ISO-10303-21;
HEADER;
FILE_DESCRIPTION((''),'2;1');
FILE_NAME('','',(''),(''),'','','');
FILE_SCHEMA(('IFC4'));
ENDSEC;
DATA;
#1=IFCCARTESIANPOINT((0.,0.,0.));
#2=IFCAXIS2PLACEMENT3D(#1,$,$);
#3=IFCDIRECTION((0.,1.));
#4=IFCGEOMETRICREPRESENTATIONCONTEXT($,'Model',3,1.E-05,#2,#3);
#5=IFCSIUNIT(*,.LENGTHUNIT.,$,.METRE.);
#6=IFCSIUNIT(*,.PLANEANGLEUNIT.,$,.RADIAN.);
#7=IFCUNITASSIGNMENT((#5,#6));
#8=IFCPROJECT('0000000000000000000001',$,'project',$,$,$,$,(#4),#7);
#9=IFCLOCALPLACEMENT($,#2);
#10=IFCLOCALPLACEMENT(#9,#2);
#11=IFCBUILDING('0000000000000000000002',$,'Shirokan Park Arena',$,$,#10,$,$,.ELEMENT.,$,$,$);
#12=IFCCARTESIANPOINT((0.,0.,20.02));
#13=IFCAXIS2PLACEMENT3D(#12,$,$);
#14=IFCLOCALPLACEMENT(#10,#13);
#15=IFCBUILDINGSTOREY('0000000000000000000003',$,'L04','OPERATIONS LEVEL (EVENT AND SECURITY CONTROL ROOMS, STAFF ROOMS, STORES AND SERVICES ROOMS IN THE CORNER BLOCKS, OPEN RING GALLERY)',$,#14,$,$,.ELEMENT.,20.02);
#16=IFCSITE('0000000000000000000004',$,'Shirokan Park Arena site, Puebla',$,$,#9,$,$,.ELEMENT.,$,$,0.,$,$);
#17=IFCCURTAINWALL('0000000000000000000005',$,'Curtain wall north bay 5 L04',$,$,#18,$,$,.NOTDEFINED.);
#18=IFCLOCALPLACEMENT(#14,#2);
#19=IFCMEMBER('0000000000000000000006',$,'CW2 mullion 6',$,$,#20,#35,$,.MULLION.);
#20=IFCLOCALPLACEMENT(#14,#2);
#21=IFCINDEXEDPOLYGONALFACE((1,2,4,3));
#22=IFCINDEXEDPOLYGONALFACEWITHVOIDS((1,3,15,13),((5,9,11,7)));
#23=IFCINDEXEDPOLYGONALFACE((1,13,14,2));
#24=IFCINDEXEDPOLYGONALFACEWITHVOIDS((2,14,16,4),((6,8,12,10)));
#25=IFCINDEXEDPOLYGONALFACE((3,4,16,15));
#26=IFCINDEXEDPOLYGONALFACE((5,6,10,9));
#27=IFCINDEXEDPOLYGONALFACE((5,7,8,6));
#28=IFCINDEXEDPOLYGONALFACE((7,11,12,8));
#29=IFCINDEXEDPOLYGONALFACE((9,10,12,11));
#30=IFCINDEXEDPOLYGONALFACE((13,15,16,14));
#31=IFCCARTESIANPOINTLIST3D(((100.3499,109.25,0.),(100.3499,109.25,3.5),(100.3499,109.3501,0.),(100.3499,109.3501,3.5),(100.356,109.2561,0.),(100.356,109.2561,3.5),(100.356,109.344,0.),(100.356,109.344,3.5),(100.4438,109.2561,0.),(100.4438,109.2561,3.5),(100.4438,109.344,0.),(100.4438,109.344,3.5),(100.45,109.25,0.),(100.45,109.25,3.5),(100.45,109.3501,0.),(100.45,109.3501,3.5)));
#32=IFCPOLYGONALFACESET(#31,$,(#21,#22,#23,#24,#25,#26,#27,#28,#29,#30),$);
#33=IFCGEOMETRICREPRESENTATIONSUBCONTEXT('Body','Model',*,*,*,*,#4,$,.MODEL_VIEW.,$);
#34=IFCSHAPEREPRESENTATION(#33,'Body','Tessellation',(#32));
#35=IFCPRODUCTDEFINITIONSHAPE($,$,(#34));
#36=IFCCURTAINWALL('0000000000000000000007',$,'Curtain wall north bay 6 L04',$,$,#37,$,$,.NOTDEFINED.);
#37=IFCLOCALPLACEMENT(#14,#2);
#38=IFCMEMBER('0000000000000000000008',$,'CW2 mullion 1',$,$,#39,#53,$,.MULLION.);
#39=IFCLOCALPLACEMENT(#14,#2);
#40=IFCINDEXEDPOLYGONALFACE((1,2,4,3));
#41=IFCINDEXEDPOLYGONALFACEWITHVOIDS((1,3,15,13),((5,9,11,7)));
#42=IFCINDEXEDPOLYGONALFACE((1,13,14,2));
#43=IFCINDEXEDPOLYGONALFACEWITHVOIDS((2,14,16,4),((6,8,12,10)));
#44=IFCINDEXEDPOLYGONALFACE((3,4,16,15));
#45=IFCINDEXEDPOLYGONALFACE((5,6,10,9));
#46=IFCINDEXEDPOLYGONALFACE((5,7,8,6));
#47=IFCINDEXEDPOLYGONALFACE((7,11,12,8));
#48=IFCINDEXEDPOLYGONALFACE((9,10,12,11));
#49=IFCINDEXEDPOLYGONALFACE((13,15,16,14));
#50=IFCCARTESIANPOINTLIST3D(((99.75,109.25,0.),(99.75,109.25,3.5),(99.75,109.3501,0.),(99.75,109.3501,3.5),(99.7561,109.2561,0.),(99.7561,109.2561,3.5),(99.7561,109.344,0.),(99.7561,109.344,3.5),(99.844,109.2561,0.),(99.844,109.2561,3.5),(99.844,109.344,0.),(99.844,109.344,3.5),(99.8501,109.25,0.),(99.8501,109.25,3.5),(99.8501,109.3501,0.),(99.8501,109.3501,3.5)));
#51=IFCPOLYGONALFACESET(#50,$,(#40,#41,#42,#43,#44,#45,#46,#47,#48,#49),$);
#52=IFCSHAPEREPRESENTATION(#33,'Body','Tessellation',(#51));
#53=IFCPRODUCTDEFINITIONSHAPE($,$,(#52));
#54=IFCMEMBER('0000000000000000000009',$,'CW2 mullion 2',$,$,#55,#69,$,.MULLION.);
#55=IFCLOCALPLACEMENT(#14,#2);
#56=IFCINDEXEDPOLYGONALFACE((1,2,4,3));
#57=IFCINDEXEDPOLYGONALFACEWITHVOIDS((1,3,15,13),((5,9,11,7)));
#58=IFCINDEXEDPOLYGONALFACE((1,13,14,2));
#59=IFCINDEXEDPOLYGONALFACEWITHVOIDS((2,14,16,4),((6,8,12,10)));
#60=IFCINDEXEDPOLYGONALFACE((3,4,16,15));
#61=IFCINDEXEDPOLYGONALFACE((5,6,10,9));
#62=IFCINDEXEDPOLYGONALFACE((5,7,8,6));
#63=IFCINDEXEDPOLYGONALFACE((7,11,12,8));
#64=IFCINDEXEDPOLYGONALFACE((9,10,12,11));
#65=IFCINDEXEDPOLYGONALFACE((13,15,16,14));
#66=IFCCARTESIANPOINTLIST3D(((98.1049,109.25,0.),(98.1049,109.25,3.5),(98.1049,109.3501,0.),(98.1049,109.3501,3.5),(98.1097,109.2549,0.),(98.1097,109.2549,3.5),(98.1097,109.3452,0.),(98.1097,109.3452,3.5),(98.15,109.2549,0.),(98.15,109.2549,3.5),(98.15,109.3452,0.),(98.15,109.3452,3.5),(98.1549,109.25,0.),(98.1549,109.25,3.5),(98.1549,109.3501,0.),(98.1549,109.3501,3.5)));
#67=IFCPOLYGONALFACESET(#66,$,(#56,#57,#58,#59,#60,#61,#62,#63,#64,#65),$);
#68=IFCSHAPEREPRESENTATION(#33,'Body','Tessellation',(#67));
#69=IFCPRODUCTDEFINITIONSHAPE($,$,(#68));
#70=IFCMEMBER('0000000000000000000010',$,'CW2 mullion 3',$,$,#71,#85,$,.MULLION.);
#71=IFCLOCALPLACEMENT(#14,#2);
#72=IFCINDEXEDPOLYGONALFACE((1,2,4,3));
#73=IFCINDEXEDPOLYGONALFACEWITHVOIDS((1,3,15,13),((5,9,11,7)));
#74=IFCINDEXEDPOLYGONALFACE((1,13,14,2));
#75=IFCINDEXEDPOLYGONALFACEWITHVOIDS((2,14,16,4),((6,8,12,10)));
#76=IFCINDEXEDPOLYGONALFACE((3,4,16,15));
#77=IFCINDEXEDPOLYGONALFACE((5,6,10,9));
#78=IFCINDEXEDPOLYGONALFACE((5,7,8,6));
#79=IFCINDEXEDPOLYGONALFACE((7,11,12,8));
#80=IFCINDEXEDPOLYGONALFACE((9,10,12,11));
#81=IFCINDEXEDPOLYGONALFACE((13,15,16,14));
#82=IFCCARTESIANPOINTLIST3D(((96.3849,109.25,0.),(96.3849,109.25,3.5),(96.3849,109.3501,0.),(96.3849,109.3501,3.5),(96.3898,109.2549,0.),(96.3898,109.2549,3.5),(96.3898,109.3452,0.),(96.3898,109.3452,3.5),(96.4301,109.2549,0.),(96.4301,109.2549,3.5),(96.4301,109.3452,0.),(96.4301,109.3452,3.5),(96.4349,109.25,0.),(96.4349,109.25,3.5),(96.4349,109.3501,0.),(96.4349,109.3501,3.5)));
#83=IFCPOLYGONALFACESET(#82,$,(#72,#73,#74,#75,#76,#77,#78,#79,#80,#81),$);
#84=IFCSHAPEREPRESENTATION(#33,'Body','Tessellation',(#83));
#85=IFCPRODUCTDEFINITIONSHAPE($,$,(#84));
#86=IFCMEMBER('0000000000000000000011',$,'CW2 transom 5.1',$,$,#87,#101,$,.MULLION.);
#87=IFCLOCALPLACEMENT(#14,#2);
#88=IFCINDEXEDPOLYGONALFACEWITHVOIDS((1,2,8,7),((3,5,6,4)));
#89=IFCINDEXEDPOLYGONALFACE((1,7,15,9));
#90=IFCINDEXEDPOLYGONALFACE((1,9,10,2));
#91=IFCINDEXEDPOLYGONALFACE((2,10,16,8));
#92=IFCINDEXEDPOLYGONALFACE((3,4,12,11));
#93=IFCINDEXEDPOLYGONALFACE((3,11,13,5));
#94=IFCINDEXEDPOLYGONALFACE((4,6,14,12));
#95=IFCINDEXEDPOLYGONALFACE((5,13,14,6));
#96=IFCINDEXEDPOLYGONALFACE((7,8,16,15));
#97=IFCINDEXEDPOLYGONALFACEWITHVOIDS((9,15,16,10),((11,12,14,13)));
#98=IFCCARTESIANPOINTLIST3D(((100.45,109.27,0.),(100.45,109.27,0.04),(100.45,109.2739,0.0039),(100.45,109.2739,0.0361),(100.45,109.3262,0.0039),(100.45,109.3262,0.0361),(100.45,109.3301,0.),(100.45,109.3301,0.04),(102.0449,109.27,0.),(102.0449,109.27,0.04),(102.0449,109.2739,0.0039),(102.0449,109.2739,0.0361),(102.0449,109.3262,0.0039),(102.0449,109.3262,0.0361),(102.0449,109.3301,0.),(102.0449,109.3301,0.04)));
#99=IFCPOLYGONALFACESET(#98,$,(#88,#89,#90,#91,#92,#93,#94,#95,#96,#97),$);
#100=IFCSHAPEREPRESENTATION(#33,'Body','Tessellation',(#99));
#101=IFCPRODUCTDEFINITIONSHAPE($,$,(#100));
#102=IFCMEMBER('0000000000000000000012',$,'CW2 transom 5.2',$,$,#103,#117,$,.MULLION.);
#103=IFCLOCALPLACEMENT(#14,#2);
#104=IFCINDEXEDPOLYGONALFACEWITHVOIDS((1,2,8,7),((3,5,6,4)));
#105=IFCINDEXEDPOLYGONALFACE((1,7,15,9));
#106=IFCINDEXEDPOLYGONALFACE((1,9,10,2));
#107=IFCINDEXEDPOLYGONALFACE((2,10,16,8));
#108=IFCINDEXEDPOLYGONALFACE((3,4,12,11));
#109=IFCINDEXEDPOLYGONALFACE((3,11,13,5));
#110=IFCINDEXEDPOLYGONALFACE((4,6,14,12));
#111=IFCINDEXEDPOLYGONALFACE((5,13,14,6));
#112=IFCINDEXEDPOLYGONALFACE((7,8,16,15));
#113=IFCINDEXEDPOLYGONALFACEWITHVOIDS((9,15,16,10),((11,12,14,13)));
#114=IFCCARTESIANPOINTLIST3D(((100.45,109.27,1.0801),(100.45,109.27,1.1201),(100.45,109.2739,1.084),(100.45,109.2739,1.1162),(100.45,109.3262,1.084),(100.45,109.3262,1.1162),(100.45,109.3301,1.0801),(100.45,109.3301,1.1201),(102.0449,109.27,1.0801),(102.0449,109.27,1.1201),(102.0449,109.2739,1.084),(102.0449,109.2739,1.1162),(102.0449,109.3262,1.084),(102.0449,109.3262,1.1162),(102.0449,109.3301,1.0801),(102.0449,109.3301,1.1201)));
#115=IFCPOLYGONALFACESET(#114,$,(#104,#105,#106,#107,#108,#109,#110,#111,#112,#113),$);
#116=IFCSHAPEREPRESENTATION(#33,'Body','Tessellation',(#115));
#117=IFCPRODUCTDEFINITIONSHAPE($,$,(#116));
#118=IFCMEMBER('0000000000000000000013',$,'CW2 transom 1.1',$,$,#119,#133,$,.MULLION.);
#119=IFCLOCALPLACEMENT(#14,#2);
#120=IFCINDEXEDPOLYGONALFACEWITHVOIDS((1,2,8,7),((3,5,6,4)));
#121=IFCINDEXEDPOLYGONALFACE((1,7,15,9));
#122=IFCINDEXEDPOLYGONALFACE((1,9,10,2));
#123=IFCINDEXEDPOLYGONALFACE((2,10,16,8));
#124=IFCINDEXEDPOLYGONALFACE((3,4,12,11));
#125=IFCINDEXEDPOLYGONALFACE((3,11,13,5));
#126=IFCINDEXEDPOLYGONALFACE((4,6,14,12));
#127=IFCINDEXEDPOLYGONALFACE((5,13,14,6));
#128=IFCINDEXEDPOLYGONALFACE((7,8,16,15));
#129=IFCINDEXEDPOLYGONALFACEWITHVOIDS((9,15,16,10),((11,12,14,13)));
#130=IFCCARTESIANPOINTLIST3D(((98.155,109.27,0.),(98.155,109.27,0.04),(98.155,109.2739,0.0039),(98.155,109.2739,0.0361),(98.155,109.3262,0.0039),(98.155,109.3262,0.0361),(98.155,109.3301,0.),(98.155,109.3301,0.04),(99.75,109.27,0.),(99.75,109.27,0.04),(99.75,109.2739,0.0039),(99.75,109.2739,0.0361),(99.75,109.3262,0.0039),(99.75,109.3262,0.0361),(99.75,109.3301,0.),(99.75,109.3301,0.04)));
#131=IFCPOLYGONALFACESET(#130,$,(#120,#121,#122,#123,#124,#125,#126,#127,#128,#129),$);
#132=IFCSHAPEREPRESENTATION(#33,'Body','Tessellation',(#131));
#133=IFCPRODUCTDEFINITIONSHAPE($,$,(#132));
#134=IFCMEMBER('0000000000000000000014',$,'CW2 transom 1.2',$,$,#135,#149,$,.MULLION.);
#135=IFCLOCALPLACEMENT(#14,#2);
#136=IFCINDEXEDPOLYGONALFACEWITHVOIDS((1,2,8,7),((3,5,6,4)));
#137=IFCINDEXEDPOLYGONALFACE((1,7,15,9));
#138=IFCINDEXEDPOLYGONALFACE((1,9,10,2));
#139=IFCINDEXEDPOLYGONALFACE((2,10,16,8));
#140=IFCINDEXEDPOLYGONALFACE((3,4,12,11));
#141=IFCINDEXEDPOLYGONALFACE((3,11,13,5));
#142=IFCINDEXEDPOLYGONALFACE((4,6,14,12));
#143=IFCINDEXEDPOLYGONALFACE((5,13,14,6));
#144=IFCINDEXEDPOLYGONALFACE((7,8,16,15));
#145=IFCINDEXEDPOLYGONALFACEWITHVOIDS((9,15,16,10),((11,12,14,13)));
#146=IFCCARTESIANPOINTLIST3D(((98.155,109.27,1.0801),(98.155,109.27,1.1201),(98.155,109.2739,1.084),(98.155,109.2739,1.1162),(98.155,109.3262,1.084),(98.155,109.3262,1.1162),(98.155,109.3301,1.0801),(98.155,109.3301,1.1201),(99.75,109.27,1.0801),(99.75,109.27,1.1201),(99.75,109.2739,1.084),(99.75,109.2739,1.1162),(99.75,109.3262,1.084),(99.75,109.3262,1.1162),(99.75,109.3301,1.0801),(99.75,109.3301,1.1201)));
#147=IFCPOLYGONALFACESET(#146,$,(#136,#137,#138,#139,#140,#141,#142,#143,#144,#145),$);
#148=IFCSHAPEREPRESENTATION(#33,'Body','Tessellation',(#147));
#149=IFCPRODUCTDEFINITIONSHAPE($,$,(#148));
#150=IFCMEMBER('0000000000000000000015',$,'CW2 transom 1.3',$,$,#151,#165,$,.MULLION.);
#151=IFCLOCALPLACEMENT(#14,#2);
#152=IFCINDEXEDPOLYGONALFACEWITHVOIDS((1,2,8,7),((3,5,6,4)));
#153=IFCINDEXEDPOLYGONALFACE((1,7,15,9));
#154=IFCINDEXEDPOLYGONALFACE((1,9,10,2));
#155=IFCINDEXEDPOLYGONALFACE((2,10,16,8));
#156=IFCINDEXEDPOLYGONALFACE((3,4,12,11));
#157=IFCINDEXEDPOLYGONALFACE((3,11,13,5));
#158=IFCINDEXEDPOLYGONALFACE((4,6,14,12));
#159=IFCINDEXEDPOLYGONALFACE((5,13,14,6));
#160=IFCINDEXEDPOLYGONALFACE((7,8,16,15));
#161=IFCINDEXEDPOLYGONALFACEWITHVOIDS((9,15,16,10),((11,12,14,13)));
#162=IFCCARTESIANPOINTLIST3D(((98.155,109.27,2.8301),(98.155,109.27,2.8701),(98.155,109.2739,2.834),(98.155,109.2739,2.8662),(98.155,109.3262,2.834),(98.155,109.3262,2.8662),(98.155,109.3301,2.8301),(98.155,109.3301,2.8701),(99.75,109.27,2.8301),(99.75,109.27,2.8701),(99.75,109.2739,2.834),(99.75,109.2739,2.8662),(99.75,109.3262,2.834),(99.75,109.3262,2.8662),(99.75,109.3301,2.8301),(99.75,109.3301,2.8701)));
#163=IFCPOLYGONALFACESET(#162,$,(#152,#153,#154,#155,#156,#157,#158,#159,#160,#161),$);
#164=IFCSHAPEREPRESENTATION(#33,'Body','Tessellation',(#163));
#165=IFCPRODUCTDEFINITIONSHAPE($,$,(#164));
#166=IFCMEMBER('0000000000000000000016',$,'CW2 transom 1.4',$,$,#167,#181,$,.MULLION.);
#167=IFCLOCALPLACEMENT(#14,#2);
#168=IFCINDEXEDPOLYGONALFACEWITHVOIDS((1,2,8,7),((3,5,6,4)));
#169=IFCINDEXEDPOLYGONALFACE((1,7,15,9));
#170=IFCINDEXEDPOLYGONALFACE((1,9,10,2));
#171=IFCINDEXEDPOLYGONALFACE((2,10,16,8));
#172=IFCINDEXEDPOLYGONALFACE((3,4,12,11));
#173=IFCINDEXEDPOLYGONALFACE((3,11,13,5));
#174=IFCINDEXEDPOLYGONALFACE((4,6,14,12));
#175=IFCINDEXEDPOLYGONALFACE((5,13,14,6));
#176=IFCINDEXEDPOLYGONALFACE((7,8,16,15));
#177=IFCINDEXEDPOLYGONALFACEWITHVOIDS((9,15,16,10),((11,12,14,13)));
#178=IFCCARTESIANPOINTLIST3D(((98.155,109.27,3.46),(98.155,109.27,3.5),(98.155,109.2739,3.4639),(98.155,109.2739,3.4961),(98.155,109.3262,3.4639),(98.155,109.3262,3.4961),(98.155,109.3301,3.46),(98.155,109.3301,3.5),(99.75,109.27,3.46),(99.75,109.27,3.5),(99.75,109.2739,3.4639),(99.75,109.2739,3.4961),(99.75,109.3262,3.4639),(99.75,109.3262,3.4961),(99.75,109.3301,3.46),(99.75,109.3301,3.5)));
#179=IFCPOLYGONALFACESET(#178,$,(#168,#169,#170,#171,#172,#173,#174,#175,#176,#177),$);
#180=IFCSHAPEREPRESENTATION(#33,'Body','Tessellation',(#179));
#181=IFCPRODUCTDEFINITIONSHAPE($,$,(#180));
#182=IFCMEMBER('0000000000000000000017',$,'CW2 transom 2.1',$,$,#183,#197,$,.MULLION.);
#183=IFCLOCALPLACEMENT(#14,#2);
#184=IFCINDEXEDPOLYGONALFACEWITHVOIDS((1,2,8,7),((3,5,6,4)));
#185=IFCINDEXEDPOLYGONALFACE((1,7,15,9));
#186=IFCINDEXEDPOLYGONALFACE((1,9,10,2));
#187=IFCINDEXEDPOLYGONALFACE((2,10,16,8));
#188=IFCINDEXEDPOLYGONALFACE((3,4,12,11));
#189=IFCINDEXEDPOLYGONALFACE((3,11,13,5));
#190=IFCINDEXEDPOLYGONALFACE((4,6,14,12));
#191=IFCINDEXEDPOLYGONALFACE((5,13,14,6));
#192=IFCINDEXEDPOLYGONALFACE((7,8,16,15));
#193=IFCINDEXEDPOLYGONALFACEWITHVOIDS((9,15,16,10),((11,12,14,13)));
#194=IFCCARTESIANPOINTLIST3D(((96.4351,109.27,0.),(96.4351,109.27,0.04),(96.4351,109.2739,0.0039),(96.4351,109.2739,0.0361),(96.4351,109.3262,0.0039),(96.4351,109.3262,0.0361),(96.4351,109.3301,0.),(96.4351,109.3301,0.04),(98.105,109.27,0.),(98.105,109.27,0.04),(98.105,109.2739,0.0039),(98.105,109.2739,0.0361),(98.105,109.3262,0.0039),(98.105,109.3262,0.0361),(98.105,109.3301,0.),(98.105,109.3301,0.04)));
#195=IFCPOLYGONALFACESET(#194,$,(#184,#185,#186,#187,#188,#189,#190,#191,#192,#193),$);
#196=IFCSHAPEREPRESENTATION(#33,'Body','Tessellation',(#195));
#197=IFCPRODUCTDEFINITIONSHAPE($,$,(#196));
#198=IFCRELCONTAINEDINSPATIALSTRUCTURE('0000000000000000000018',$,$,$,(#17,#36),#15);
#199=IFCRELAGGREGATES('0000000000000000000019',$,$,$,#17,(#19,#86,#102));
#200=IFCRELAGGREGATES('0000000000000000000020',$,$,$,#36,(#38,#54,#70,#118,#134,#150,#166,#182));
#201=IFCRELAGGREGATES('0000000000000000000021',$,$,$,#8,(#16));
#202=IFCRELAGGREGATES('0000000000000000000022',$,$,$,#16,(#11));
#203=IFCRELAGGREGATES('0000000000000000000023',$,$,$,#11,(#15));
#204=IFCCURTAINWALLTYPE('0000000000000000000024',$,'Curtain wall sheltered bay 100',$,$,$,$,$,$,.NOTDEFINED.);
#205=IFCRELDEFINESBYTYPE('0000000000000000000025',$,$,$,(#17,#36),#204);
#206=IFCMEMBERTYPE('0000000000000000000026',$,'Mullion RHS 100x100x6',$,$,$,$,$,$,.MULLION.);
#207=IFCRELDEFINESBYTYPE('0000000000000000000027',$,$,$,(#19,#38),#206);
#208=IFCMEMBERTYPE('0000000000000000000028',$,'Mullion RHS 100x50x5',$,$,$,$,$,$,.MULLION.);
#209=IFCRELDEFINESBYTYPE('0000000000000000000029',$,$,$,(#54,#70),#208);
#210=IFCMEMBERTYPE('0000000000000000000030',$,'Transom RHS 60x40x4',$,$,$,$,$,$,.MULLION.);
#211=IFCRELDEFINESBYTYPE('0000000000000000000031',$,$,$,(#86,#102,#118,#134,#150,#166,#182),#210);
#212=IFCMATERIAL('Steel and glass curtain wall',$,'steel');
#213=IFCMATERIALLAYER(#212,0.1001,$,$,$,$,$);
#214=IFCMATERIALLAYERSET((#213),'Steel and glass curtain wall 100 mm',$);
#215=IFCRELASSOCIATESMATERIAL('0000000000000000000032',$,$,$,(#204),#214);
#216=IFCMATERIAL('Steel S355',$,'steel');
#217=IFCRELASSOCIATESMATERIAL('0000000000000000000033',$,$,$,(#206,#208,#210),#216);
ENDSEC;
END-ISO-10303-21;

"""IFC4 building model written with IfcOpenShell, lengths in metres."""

from ifc_helpers import new_model, si_unit, direction, frame, origin, origin_2d, place, context, subcontext, project, spatial, hollow_rectangle, extrude, material, layer, layer_set, material_profile, profile_set, type_object, element, aggregate, save


model = new_model("IFC4")

# Units and contexts
model_context = context("Model", 3, precision=1e-05, world=origin(), true_north=direction((0.0, 1.0)))
body_context = subcontext(model_context, "Body", "Model", "MODEL_VIEW")
ifc_project = project(units=[si_unit("LENGTHUNIT", "METRE"), si_unit("PLANEANGLEUNIT", "RADIAN")], contexts=[model_context])

# Site, building, storey
site_placement = place(None, origin())
site = spatial("IfcSite", under=ifc_project, at=site_placement, Name="Shirokan Park Arena site, Puebla", CompositionType="ELEMENT", RefElevation=0.0)
building_placement = place(site_placement, origin())
building = spatial("IfcBuilding", under=site, at=building_placement, Name="Shirokan Park Arena", CompositionType="ELEMENT")
storey_placement = place(building_placement, frame((0.0, 0.0, 20.02)))
storey = spatial("IfcBuildingStorey", under=building, at=storey_placement, Name="L04", Description="OPERATIONS LEVEL (EVENT AND SECURITY CONTROL ROOMS, STAFF ROOMS, STORES AND SERVICES ROOMS IN THE CORNER BLOCKS, OPEN RING GALLERY)", CompositionType="ELEMENT", Elevation=20.02)

# Curtain wall, member
ifc_material_1 = material(Name="Steel and glass curtain wall", Category="steel")
ifc_layer_1 = layer(ifc_material_1, 0.1001)
ifc_layer_set_1 = layer_set([ifc_layer_1], Name="Steel and glass curtain wall 100 mm")
curtain_wall_type = type_object("IfcCurtainWallType", Name="Curtain wall sheltered bay 100", PredefinedType="NOTDEFINED", material=ifc_layer_set_1)
curtain_wall_1_placement = place(storey_placement, origin())
curtain_wall_1 = element("IfcCurtainWall", 1, at=curtain_wall_1_placement, inside=storey, type_object=curtain_wall_type, Name="Curtain wall north bay 5 L04", PredefinedType="NOTDEFINED")
ifc_material_2 = material(Name="Steel S355", Category="steel")
ifc_material_profile_1 = material_profile(ifc_material_2, hollow_rectangle(XDim=0.1001, YDim=0.1001, WallThickness=0.0061, at=origin_2d()), Name="RHS 100x100x6")
ifc_profile_set_1 = profile_set([ifc_material_profile_1], Name="Steel S355")
member_type_1 = type_object("IfcMemberType", Name="Mullion RHS 100x100x6", PredefinedType="MULLION", material=ifc_profile_set_1)
member_1_placement = place(storey_placement, frame((100.3999, 109.3, 0.0), z_axis=(0.0, 0.0, 1.0), x_axis=(0.0, -1.0, 0.0)))
member_1 = element("IfcMember", 2, at=member_1_placement, type_object=member_type_1, Name="CW2 mullion 6", PredefinedType="MULLION", context=body_context, shape_type="SweptSolid", body=[
    extrude(hollow_rectangle(XDim=0.1001, YDim=0.1001, WallThickness=0.0061, at=origin_2d()), origin(), (0.0, 0.0, 1.0), 3.5),
])

# Curtain wall, members
curtain_wall_2_placement = place(storey_placement, origin())
curtain_wall_2 = element("IfcCurtainWall", 3, at=curtain_wall_2_placement, inside=storey, type_object=curtain_wall_type, Name="Curtain wall north bay 6 L04", PredefinedType="NOTDEFINED")
member_2_placement = place(storey_placement, frame((99.8, 109.3, 0.0), z_axis=(0.0, 0.0, 1.0), x_axis=(0.0, -1.0, 0.0)))
member_2 = element("IfcMember", 4, at=member_2_placement, type_object=member_type_1, Name="CW2 mullion 1", PredefinedType="MULLION", context=body_context, shape_type="SweptSolid", body=[
    extrude(hollow_rectangle(XDim=0.1001, YDim=0.1001, WallThickness=0.0061, at=origin_2d()), origin(), (0.0, 0.0, 1.0), 3.5),
])
ifc_material_profile_2 = material_profile(ifc_material_2, hollow_rectangle(XDim=0.1001, YDim=0.05, WallThickness=0.0049, at=origin_2d()), Name="RHS 100x50x5")
ifc_profile_set_2 = profile_set([ifc_material_profile_2], Name="Steel S355")
member_type_2 = type_object("IfcMemberType", Name="Mullion RHS 100x50x5", PredefinedType="MULLION", material=ifc_profile_set_2)
member_3_placement = place(storey_placement, frame((98.1299, 109.3, 0.0), z_axis=(0.0, 0.0, 1.0), x_axis=(0.0, -1.0, 0.0)))
member_3 = element("IfcMember", 5, at=member_3_placement, type_object=member_type_2, Name="CW2 mullion 2", PredefinedType="MULLION", context=body_context, shape_type="SweptSolid", body=[
    extrude(hollow_rectangle(XDim=0.1001, YDim=0.05, WallThickness=0.0049, at=origin_2d()), origin(), (0.0, 0.0, 1.0), 3.5),
])
member_4_placement = place(storey_placement, frame((96.4099, 109.3, 0.0), z_axis=(0.0, 0.0, 1.0), x_axis=(0.0, -1.0, 0.0)))
member_4 = element("IfcMember", 6, at=member_4_placement, type_object=member_type_2, Name="CW2 mullion 3", PredefinedType="MULLION", context=body_context, shape_type="SweptSolid", body=[
    extrude(hollow_rectangle(XDim=0.1001, YDim=0.05, WallThickness=0.0049, at=origin_2d()), origin(), (0.0, 0.0, 1.0), 3.5),
])

# Members
ifc_material_profile_3 = material_profile(ifc_material_2, hollow_rectangle(XDim=0.0601, YDim=0.04, WallThickness=0.0039, at=origin_2d()), Name="RHS 60x40x4")
ifc_profile_set_3 = profile_set([ifc_material_profile_3], Name="Steel S355")
member_type_3 = type_object("IfcMemberType", Name="Transom RHS 60x40x4", PredefinedType="MULLION", material=ifc_profile_set_3)
member_5_placement = place(storey_placement, frame((102.0449, 109.3, 0.02), z_axis=(-1.0, 0.0, 0.0), x_axis=(0.0, -1.0, 0.0)))
member_5 = element("IfcMember", 7, at=member_5_placement, type_object=member_type_3, Name="CW2 transom 5.1", PredefinedType="MULLION", context=body_context, shape_type="SweptSolid", body=[
    extrude(hollow_rectangle(XDim=0.0601, YDim=0.04, WallThickness=0.0039, at=origin_2d()), origin(), (0.0, 0.0, 1.0), 1.595),
])
member_6_placement = place(storey_placement, frame((102.0449, 109.3, 1.1001), z_axis=(-1.0, 0.0, 0.0), x_axis=(0.0, -1.0, 0.0)))
member_6 = element("IfcMember", 8, at=member_6_placement, type_object=member_type_3, Name="CW2 transom 5.2", PredefinedType="MULLION", context=body_context, shape_type="SweptSolid", body=[
    extrude(hollow_rectangle(XDim=0.0601, YDim=0.04, WallThickness=0.0039, at=origin_2d()), origin(), (0.0, 0.0, 1.0), 1.595),
])
member_7_placement = place(storey_placement, frame((99.75, 109.3, 0.02), z_axis=(-1.0, 0.0, 0.0), x_axis=(0.0, -1.0, 0.0)))
member_7 = element("IfcMember", 9, at=member_7_placement, type_object=member_type_3, Name="CW2 transom 1.1", PredefinedType="MULLION", context=body_context, shape_type="SweptSolid", body=[
    extrude(hollow_rectangle(XDim=0.0601, YDim=0.04, WallThickness=0.0039, at=origin_2d()), origin(), (0.0, 0.0, 1.0), 1.595),
])
member_8_placement = place(storey_placement, frame((99.75, 109.3, 1.1001), z_axis=(-1.0, 0.0, 0.0), x_axis=(0.0, -1.0, 0.0)))
member_8 = element("IfcMember", 10, at=member_8_placement, type_object=member_type_3, Name="CW2 transom 1.2", PredefinedType="MULLION", context=body_context, shape_type="SweptSolid", body=[
    extrude(hollow_rectangle(XDim=0.0601, YDim=0.04, WallThickness=0.0039, at=origin_2d()), origin(), (0.0, 0.0, 1.0), 1.595),
])
member_9_placement = place(storey_placement, frame((99.75, 109.3, 2.8501), z_axis=(-1.0, 0.0, 0.0), x_axis=(0.0, -1.0, 0.0)))
member_9 = element("IfcMember", 11, at=member_9_placement, type_object=member_type_3, Name="CW2 transom 1.3", PredefinedType="MULLION", context=body_context, shape_type="SweptSolid", body=[
    extrude(hollow_rectangle(XDim=0.0601, YDim=0.04, WallThickness=0.0039, at=origin_2d()), origin(), (0.0, 0.0, 1.0), 1.595),
])
member_10_placement = place(storey_placement, frame((99.75, 109.3, 3.48), z_axis=(-1.0, 0.0, 0.0), x_axis=(0.0, -1.0, 0.0)))
member_10 = element("IfcMember", 12, at=member_10_placement, type_object=member_type_3, Name="CW2 transom 1.4", PredefinedType="MULLION", context=body_context, shape_type="SweptSolid", body=[
    extrude(hollow_rectangle(XDim=0.0601, YDim=0.04, WallThickness=0.0039, at=origin_2d()), origin(), (0.0, 0.0, 1.0), 1.595),
])
member_11_placement = place(storey_placement, frame((98.105, 109.3, 0.02), z_axis=(-1.0, 0.0, 0.0), x_axis=(0.0, -1.0, 0.0)))
member_11 = element("IfcMember", 13, at=member_11_placement, type_object=member_type_3, Name="CW2 transom 2.1", PredefinedType="MULLION", context=body_context, shape_type="SweptSolid", body=[
    extrude(hollow_rectangle(XDim=0.0601, YDim=0.04, WallThickness=0.0039, at=origin_2d()), origin(), (0.0, 0.0, 1.0), 1.6699),
])

aggregate(curtain_wall_1, [member_1, member_5, member_6])
aggregate(curtain_wall_2, [member_2, member_3, member_4, member_7, member_8, member_9, member_10, member_11])

save(model, "model.ifc")
